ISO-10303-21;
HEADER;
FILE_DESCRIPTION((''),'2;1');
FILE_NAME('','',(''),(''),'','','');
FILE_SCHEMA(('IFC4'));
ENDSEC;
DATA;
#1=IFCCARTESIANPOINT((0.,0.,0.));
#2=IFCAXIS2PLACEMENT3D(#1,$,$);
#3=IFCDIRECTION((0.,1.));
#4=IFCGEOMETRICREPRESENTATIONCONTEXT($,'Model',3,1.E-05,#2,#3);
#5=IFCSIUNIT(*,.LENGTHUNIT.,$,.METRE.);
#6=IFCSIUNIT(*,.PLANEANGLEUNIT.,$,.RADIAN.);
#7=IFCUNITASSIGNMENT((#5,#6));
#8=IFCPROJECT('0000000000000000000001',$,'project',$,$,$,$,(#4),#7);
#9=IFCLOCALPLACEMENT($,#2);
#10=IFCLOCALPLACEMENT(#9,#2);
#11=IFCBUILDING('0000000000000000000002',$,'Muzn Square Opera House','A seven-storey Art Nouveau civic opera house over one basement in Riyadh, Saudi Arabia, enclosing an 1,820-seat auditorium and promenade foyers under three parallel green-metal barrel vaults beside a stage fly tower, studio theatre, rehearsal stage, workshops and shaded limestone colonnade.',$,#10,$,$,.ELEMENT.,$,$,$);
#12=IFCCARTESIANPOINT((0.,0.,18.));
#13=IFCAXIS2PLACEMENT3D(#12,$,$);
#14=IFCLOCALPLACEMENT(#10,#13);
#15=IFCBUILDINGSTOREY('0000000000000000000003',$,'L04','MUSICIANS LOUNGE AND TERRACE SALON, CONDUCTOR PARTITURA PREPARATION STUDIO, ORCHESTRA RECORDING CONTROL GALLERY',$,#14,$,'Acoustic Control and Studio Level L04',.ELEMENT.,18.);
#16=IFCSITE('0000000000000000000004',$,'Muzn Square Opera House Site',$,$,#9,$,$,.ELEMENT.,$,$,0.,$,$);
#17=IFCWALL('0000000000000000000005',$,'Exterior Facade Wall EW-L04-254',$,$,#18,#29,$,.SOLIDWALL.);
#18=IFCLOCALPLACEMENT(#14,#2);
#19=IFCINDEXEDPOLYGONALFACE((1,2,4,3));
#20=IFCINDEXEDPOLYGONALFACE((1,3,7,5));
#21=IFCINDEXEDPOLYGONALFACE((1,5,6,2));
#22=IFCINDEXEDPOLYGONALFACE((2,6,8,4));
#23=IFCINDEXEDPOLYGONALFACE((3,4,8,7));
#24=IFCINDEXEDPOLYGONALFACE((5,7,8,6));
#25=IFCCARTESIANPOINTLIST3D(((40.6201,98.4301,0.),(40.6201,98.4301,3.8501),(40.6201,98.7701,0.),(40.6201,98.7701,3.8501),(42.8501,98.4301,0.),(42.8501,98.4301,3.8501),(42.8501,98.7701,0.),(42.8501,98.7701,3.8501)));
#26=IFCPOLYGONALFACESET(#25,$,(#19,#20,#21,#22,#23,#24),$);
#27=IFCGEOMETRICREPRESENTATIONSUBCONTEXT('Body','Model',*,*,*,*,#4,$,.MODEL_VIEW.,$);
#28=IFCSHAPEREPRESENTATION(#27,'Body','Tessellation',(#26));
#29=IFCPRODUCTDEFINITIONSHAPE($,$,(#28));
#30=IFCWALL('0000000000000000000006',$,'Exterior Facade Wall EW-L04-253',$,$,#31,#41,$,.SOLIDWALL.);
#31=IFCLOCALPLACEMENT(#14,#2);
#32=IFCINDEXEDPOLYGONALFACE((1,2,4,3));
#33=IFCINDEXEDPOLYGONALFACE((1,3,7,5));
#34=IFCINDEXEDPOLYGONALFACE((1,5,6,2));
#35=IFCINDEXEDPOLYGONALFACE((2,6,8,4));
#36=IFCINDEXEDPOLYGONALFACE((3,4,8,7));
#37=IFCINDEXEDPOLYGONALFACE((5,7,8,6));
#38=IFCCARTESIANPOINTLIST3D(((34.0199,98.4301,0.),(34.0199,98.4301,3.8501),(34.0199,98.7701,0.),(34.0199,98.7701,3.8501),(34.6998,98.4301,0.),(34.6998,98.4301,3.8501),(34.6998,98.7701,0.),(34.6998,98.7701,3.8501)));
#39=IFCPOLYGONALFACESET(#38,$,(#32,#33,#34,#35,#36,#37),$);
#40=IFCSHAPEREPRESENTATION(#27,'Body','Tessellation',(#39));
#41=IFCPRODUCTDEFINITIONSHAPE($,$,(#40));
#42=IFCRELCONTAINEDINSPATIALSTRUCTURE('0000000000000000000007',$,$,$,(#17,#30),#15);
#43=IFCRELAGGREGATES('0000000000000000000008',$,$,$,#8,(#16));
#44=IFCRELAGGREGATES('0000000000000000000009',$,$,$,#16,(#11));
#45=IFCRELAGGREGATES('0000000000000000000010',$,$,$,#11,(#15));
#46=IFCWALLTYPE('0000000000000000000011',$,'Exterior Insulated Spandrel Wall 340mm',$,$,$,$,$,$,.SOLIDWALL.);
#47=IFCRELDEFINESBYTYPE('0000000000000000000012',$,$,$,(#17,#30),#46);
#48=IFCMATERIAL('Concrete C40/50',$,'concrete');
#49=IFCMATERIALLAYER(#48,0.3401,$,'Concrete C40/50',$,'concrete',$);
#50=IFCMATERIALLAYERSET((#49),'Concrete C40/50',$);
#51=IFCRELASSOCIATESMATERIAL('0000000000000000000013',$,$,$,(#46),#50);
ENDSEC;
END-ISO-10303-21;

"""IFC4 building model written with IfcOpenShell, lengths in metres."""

from ifc_helpers import new_model, si_unit, direction, frame, frame_2d, origin, place, context, subcontext, project, spatial, rectangle, extrude, material, layer, layer_set, type_object, element, save


model = new_model("IFC4")

# Units and contexts
model_context = context("Model", 3, precision=1e-05, world=origin(), true_north=direction((0.0, 1.0)))
body_context = subcontext(model_context, "Body", "Model", "MODEL_VIEW")
ifc_project = project(units=[si_unit("LENGTHUNIT", "METRE"), si_unit("PLANEANGLEUNIT", "RADIAN")], contexts=[model_context])

# Site, building, storey
site_placement = place(None, origin())
site = spatial("IfcSite", under=ifc_project, at=site_placement, Name="Muzn Square Opera House Site", CompositionType="ELEMENT", RefElevation=0.0)
building_placement = place(site_placement, origin())
building = spatial("IfcBuilding", under=site, at=building_placement, Name="Muzn Square Opera House", Description="A seven-storey Art Nouveau civic opera house over one basement in Riyadh, Saudi Arabia, enclosing an 1,820-seat auditorium and promenade foyers under three parallel green-metal barrel vaults beside a stage fly tower, studio theatre, rehearsal stage, workshops and shaded limestone colonnade.", CompositionType="ELEMENT")
storey_placement = place(building_placement, frame((0.0, 0.0, 18.0)))
storey = spatial("IfcBuildingStorey", under=building, at=storey_placement, Name="L04", Description="MUSICIANS LOUNGE AND TERRACE SALON, CONDUCTOR PARTITURA PREPARATION STUDIO, ORCHESTRA RECORDING CONTROL GALLERY", LongName="Acoustic Control and Studio Level L04", CompositionType="ELEMENT", Elevation=18.0)

# Shared definitions
ifc_material_1 = material(Name="Concrete C40/50", Category="concrete")

# Walls
ifc_layer_1 = layer(ifc_material_1, 0.3401, Name="Concrete C40/50", Category="concrete")
ifc_layer_set_1 = layer_set([ifc_layer_1], Name="Concrete C40/50")
wall_type_1 = type_object("IfcWallType", Name="Exterior Insulated Spandrel Wall 340mm", PredefinedType="SOLIDWALL", material=ifc_layer_set_1)
wall_1_placement = place(storey_placement, frame((40.6201, 98.6001, 0.0), z_axis=(0.0, 0.0, 1.0), x_axis=(1.0, 0.0, 0.0)))
element("IfcWall", 1, at=wall_1_placement, inside=storey, type_object=wall_type_1, Name="Exterior Facade Wall EW-L04-254", PredefinedType="SOLIDWALL", context=body_context, shape_type="SweptSolid", body=[
    extrude(rectangle(XDim=2.23, YDim=0.3401, at=frame_2d((1.115, 0.0))), origin(), (0.0, 0.0, 1.0), 3.8501),
])
wall_2_placement = place(storey_placement, frame((34.02, 98.6001, 0.0), z_axis=(0.0, 0.0, 1.0), x_axis=(1.0, 0.0, 0.0)))
element("IfcWall", 2, at=wall_2_placement, inside=storey, type_object=wall_type_1, Name="Exterior Facade Wall EW-L04-253", PredefinedType="SOLIDWALL", context=body_context, shape_type="SweptSolid", body=[
    extrude(rectangle(XDim=0.6799, YDim=0.3401, at=frame_2d((0.3398, 0.0))), origin(), (0.0, 0.0, 1.0), 3.8501),
])

save(model, "model.ifc")
